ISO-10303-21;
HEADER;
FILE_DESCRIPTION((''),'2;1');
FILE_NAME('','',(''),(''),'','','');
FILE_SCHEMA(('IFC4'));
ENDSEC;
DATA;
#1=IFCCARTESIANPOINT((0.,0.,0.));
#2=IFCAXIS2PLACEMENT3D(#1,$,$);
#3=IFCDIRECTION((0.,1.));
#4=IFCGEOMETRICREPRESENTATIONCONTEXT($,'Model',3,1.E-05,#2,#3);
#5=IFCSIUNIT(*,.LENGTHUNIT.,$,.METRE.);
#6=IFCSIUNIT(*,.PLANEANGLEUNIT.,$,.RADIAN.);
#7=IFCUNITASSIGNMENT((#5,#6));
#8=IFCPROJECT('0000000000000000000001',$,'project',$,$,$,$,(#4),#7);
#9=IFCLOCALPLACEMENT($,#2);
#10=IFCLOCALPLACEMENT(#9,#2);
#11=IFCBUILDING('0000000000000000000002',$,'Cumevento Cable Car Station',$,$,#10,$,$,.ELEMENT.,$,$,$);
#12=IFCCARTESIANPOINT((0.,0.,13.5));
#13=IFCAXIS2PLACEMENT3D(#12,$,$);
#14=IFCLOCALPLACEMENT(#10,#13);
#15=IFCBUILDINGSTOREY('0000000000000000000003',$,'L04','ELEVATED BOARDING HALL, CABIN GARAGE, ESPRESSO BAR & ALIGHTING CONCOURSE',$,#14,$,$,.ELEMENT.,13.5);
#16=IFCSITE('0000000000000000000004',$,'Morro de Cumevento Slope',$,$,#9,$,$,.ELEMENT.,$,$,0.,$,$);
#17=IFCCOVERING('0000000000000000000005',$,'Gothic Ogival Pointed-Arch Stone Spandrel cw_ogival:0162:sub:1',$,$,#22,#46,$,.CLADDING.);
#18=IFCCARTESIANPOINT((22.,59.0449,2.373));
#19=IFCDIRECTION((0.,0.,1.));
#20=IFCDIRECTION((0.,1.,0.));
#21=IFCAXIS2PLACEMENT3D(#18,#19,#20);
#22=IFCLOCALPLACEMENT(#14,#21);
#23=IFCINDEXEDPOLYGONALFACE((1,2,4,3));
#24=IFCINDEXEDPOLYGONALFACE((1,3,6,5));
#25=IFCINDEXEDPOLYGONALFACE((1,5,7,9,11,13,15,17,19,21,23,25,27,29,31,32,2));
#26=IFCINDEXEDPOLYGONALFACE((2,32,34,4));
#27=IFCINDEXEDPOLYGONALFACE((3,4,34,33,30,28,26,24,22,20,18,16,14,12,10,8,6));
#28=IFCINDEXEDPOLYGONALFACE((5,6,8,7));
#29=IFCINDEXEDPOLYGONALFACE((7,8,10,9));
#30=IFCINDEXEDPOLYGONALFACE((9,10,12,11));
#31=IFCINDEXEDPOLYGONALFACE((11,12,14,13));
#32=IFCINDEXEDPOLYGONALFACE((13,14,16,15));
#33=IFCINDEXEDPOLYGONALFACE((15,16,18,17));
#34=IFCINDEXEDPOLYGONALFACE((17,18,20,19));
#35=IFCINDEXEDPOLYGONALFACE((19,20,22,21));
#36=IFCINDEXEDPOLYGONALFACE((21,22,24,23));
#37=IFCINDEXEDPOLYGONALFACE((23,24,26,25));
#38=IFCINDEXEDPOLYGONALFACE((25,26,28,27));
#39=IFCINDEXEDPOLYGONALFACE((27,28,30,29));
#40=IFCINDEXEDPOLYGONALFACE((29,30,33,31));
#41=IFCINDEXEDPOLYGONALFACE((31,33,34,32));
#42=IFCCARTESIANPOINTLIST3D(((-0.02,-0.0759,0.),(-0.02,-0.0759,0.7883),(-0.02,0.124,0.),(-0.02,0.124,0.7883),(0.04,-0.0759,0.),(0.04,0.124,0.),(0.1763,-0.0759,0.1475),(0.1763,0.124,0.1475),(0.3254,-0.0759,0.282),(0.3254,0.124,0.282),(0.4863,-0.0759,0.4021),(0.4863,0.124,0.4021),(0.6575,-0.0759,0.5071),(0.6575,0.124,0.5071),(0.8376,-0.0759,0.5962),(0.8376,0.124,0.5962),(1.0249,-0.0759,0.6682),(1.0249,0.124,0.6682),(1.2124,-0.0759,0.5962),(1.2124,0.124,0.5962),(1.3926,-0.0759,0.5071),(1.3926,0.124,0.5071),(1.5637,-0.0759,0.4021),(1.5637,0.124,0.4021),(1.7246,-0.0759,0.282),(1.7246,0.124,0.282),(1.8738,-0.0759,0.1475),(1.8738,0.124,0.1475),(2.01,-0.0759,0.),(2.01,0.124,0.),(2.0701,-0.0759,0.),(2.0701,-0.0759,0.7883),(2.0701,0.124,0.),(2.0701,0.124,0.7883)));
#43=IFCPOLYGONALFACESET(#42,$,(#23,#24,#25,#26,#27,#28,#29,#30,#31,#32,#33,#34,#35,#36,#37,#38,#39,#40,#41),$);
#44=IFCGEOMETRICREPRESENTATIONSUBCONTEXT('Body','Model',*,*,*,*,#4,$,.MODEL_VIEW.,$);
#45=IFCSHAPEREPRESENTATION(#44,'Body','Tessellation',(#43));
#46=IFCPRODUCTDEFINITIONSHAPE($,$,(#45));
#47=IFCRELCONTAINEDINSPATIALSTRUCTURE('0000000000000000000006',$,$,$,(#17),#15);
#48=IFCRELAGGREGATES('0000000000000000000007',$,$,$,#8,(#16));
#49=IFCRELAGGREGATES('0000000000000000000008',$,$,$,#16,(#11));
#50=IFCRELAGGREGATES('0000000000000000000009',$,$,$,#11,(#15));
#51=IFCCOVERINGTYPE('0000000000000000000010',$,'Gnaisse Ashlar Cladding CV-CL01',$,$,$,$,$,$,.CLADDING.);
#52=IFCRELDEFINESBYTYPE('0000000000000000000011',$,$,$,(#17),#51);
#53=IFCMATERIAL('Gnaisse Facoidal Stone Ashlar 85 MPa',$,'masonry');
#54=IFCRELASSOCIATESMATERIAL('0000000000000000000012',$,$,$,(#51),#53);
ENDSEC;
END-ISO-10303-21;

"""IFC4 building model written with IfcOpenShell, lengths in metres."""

from ifc_helpers import new_model, si_unit, direction, frame, origin, place, context, subcontext, project, spatial, polyline, outline, extrude, material, type_object, element, save


model = new_model("IFC4")

# Units and contexts
model_context = context("Model", 3, precision=1e-05, world=origin(), true_north=direction((0.0, 1.0)))
body_context = subcontext(model_context, "Body", "Model", "MODEL_VIEW")
ifc_project = project(units=[si_unit("LENGTHUNIT", "METRE"), si_unit("PLANEANGLEUNIT", "RADIAN")], contexts=[model_context])

# Site, building, storey
site_placement = place(None, origin())
site = spatial("IfcSite", under=ifc_project, at=site_placement, Name="Morro de Cumevento Slope", CompositionType="ELEMENT", RefElevation=0.0)
building_placement = place(site_placement, origin())
building = spatial("IfcBuilding", under=site, at=building_placement, Name="Cumevento Cable Car Station", CompositionType="ELEMENT")
storey_placement = place(building_placement, frame((0.0, 0.0, 13.5)))
storey = spatial("IfcBuildingStorey", under=building, at=storey_placement, Name="L04", Description="ELEVATED BOARDING HALL, CABIN GARAGE, ESPRESSO BAR & ALIGHTING CONCOURSE", CompositionType="ELEMENT", Elevation=13.5)

# Covering
ifc_material_1 = material(Name="Gnaisse Facoidal Stone Ashlar 85 MPa", Category="masonry")
covering_type = type_object("IfcCoveringType", Name="Gnaisse Ashlar Cladding CV-CL01", PredefinedType="CLADDING", material=ifc_material_1)
covering_1_placement = place(storey_placement, frame((22.0, 59.0449, 2.373), z_axis=(0.0, 0.0, 1.0), x_axis=(0.0, 1.0, 0.0)))
element("IfcCovering", 1, at=covering_1_placement, inside=storey, type_object=covering_type, Name="Gothic Ogival Pointed-Arch Stone Spandrel cw_ogival:0162:sub:1", PredefinedType="CLADDING", context=body_context, shape_type="SweptSolid", body=[
    extrude(outline(polyline([(-0.02, 0.0), (-0.02, 0.7883), (2.0701, 0.7883), (2.0701, 0.0), (2.01, 0.0), (1.8738, 0.1475), (1.7246, 0.282), (1.5637, 0.4021), (1.3926, 0.5071), (1.2124, 0.5962), (1.0249, 0.6682), (0.8376, 0.5962), (0.6575, 0.5071), (0.4863, 0.4021), (0.3254, 0.282), (0.1763, 0.1475), (0.04, 0.0), (-0.02, 0.0)])), frame((0.0, 0.124, 0.0), z_axis=(0.0, -1.0, 0.0), x_axis=(1.0, 0.0, 0.0)), (0.0, 0.0, 1.0), 0.2),
])

save(model, "model.ifc")
